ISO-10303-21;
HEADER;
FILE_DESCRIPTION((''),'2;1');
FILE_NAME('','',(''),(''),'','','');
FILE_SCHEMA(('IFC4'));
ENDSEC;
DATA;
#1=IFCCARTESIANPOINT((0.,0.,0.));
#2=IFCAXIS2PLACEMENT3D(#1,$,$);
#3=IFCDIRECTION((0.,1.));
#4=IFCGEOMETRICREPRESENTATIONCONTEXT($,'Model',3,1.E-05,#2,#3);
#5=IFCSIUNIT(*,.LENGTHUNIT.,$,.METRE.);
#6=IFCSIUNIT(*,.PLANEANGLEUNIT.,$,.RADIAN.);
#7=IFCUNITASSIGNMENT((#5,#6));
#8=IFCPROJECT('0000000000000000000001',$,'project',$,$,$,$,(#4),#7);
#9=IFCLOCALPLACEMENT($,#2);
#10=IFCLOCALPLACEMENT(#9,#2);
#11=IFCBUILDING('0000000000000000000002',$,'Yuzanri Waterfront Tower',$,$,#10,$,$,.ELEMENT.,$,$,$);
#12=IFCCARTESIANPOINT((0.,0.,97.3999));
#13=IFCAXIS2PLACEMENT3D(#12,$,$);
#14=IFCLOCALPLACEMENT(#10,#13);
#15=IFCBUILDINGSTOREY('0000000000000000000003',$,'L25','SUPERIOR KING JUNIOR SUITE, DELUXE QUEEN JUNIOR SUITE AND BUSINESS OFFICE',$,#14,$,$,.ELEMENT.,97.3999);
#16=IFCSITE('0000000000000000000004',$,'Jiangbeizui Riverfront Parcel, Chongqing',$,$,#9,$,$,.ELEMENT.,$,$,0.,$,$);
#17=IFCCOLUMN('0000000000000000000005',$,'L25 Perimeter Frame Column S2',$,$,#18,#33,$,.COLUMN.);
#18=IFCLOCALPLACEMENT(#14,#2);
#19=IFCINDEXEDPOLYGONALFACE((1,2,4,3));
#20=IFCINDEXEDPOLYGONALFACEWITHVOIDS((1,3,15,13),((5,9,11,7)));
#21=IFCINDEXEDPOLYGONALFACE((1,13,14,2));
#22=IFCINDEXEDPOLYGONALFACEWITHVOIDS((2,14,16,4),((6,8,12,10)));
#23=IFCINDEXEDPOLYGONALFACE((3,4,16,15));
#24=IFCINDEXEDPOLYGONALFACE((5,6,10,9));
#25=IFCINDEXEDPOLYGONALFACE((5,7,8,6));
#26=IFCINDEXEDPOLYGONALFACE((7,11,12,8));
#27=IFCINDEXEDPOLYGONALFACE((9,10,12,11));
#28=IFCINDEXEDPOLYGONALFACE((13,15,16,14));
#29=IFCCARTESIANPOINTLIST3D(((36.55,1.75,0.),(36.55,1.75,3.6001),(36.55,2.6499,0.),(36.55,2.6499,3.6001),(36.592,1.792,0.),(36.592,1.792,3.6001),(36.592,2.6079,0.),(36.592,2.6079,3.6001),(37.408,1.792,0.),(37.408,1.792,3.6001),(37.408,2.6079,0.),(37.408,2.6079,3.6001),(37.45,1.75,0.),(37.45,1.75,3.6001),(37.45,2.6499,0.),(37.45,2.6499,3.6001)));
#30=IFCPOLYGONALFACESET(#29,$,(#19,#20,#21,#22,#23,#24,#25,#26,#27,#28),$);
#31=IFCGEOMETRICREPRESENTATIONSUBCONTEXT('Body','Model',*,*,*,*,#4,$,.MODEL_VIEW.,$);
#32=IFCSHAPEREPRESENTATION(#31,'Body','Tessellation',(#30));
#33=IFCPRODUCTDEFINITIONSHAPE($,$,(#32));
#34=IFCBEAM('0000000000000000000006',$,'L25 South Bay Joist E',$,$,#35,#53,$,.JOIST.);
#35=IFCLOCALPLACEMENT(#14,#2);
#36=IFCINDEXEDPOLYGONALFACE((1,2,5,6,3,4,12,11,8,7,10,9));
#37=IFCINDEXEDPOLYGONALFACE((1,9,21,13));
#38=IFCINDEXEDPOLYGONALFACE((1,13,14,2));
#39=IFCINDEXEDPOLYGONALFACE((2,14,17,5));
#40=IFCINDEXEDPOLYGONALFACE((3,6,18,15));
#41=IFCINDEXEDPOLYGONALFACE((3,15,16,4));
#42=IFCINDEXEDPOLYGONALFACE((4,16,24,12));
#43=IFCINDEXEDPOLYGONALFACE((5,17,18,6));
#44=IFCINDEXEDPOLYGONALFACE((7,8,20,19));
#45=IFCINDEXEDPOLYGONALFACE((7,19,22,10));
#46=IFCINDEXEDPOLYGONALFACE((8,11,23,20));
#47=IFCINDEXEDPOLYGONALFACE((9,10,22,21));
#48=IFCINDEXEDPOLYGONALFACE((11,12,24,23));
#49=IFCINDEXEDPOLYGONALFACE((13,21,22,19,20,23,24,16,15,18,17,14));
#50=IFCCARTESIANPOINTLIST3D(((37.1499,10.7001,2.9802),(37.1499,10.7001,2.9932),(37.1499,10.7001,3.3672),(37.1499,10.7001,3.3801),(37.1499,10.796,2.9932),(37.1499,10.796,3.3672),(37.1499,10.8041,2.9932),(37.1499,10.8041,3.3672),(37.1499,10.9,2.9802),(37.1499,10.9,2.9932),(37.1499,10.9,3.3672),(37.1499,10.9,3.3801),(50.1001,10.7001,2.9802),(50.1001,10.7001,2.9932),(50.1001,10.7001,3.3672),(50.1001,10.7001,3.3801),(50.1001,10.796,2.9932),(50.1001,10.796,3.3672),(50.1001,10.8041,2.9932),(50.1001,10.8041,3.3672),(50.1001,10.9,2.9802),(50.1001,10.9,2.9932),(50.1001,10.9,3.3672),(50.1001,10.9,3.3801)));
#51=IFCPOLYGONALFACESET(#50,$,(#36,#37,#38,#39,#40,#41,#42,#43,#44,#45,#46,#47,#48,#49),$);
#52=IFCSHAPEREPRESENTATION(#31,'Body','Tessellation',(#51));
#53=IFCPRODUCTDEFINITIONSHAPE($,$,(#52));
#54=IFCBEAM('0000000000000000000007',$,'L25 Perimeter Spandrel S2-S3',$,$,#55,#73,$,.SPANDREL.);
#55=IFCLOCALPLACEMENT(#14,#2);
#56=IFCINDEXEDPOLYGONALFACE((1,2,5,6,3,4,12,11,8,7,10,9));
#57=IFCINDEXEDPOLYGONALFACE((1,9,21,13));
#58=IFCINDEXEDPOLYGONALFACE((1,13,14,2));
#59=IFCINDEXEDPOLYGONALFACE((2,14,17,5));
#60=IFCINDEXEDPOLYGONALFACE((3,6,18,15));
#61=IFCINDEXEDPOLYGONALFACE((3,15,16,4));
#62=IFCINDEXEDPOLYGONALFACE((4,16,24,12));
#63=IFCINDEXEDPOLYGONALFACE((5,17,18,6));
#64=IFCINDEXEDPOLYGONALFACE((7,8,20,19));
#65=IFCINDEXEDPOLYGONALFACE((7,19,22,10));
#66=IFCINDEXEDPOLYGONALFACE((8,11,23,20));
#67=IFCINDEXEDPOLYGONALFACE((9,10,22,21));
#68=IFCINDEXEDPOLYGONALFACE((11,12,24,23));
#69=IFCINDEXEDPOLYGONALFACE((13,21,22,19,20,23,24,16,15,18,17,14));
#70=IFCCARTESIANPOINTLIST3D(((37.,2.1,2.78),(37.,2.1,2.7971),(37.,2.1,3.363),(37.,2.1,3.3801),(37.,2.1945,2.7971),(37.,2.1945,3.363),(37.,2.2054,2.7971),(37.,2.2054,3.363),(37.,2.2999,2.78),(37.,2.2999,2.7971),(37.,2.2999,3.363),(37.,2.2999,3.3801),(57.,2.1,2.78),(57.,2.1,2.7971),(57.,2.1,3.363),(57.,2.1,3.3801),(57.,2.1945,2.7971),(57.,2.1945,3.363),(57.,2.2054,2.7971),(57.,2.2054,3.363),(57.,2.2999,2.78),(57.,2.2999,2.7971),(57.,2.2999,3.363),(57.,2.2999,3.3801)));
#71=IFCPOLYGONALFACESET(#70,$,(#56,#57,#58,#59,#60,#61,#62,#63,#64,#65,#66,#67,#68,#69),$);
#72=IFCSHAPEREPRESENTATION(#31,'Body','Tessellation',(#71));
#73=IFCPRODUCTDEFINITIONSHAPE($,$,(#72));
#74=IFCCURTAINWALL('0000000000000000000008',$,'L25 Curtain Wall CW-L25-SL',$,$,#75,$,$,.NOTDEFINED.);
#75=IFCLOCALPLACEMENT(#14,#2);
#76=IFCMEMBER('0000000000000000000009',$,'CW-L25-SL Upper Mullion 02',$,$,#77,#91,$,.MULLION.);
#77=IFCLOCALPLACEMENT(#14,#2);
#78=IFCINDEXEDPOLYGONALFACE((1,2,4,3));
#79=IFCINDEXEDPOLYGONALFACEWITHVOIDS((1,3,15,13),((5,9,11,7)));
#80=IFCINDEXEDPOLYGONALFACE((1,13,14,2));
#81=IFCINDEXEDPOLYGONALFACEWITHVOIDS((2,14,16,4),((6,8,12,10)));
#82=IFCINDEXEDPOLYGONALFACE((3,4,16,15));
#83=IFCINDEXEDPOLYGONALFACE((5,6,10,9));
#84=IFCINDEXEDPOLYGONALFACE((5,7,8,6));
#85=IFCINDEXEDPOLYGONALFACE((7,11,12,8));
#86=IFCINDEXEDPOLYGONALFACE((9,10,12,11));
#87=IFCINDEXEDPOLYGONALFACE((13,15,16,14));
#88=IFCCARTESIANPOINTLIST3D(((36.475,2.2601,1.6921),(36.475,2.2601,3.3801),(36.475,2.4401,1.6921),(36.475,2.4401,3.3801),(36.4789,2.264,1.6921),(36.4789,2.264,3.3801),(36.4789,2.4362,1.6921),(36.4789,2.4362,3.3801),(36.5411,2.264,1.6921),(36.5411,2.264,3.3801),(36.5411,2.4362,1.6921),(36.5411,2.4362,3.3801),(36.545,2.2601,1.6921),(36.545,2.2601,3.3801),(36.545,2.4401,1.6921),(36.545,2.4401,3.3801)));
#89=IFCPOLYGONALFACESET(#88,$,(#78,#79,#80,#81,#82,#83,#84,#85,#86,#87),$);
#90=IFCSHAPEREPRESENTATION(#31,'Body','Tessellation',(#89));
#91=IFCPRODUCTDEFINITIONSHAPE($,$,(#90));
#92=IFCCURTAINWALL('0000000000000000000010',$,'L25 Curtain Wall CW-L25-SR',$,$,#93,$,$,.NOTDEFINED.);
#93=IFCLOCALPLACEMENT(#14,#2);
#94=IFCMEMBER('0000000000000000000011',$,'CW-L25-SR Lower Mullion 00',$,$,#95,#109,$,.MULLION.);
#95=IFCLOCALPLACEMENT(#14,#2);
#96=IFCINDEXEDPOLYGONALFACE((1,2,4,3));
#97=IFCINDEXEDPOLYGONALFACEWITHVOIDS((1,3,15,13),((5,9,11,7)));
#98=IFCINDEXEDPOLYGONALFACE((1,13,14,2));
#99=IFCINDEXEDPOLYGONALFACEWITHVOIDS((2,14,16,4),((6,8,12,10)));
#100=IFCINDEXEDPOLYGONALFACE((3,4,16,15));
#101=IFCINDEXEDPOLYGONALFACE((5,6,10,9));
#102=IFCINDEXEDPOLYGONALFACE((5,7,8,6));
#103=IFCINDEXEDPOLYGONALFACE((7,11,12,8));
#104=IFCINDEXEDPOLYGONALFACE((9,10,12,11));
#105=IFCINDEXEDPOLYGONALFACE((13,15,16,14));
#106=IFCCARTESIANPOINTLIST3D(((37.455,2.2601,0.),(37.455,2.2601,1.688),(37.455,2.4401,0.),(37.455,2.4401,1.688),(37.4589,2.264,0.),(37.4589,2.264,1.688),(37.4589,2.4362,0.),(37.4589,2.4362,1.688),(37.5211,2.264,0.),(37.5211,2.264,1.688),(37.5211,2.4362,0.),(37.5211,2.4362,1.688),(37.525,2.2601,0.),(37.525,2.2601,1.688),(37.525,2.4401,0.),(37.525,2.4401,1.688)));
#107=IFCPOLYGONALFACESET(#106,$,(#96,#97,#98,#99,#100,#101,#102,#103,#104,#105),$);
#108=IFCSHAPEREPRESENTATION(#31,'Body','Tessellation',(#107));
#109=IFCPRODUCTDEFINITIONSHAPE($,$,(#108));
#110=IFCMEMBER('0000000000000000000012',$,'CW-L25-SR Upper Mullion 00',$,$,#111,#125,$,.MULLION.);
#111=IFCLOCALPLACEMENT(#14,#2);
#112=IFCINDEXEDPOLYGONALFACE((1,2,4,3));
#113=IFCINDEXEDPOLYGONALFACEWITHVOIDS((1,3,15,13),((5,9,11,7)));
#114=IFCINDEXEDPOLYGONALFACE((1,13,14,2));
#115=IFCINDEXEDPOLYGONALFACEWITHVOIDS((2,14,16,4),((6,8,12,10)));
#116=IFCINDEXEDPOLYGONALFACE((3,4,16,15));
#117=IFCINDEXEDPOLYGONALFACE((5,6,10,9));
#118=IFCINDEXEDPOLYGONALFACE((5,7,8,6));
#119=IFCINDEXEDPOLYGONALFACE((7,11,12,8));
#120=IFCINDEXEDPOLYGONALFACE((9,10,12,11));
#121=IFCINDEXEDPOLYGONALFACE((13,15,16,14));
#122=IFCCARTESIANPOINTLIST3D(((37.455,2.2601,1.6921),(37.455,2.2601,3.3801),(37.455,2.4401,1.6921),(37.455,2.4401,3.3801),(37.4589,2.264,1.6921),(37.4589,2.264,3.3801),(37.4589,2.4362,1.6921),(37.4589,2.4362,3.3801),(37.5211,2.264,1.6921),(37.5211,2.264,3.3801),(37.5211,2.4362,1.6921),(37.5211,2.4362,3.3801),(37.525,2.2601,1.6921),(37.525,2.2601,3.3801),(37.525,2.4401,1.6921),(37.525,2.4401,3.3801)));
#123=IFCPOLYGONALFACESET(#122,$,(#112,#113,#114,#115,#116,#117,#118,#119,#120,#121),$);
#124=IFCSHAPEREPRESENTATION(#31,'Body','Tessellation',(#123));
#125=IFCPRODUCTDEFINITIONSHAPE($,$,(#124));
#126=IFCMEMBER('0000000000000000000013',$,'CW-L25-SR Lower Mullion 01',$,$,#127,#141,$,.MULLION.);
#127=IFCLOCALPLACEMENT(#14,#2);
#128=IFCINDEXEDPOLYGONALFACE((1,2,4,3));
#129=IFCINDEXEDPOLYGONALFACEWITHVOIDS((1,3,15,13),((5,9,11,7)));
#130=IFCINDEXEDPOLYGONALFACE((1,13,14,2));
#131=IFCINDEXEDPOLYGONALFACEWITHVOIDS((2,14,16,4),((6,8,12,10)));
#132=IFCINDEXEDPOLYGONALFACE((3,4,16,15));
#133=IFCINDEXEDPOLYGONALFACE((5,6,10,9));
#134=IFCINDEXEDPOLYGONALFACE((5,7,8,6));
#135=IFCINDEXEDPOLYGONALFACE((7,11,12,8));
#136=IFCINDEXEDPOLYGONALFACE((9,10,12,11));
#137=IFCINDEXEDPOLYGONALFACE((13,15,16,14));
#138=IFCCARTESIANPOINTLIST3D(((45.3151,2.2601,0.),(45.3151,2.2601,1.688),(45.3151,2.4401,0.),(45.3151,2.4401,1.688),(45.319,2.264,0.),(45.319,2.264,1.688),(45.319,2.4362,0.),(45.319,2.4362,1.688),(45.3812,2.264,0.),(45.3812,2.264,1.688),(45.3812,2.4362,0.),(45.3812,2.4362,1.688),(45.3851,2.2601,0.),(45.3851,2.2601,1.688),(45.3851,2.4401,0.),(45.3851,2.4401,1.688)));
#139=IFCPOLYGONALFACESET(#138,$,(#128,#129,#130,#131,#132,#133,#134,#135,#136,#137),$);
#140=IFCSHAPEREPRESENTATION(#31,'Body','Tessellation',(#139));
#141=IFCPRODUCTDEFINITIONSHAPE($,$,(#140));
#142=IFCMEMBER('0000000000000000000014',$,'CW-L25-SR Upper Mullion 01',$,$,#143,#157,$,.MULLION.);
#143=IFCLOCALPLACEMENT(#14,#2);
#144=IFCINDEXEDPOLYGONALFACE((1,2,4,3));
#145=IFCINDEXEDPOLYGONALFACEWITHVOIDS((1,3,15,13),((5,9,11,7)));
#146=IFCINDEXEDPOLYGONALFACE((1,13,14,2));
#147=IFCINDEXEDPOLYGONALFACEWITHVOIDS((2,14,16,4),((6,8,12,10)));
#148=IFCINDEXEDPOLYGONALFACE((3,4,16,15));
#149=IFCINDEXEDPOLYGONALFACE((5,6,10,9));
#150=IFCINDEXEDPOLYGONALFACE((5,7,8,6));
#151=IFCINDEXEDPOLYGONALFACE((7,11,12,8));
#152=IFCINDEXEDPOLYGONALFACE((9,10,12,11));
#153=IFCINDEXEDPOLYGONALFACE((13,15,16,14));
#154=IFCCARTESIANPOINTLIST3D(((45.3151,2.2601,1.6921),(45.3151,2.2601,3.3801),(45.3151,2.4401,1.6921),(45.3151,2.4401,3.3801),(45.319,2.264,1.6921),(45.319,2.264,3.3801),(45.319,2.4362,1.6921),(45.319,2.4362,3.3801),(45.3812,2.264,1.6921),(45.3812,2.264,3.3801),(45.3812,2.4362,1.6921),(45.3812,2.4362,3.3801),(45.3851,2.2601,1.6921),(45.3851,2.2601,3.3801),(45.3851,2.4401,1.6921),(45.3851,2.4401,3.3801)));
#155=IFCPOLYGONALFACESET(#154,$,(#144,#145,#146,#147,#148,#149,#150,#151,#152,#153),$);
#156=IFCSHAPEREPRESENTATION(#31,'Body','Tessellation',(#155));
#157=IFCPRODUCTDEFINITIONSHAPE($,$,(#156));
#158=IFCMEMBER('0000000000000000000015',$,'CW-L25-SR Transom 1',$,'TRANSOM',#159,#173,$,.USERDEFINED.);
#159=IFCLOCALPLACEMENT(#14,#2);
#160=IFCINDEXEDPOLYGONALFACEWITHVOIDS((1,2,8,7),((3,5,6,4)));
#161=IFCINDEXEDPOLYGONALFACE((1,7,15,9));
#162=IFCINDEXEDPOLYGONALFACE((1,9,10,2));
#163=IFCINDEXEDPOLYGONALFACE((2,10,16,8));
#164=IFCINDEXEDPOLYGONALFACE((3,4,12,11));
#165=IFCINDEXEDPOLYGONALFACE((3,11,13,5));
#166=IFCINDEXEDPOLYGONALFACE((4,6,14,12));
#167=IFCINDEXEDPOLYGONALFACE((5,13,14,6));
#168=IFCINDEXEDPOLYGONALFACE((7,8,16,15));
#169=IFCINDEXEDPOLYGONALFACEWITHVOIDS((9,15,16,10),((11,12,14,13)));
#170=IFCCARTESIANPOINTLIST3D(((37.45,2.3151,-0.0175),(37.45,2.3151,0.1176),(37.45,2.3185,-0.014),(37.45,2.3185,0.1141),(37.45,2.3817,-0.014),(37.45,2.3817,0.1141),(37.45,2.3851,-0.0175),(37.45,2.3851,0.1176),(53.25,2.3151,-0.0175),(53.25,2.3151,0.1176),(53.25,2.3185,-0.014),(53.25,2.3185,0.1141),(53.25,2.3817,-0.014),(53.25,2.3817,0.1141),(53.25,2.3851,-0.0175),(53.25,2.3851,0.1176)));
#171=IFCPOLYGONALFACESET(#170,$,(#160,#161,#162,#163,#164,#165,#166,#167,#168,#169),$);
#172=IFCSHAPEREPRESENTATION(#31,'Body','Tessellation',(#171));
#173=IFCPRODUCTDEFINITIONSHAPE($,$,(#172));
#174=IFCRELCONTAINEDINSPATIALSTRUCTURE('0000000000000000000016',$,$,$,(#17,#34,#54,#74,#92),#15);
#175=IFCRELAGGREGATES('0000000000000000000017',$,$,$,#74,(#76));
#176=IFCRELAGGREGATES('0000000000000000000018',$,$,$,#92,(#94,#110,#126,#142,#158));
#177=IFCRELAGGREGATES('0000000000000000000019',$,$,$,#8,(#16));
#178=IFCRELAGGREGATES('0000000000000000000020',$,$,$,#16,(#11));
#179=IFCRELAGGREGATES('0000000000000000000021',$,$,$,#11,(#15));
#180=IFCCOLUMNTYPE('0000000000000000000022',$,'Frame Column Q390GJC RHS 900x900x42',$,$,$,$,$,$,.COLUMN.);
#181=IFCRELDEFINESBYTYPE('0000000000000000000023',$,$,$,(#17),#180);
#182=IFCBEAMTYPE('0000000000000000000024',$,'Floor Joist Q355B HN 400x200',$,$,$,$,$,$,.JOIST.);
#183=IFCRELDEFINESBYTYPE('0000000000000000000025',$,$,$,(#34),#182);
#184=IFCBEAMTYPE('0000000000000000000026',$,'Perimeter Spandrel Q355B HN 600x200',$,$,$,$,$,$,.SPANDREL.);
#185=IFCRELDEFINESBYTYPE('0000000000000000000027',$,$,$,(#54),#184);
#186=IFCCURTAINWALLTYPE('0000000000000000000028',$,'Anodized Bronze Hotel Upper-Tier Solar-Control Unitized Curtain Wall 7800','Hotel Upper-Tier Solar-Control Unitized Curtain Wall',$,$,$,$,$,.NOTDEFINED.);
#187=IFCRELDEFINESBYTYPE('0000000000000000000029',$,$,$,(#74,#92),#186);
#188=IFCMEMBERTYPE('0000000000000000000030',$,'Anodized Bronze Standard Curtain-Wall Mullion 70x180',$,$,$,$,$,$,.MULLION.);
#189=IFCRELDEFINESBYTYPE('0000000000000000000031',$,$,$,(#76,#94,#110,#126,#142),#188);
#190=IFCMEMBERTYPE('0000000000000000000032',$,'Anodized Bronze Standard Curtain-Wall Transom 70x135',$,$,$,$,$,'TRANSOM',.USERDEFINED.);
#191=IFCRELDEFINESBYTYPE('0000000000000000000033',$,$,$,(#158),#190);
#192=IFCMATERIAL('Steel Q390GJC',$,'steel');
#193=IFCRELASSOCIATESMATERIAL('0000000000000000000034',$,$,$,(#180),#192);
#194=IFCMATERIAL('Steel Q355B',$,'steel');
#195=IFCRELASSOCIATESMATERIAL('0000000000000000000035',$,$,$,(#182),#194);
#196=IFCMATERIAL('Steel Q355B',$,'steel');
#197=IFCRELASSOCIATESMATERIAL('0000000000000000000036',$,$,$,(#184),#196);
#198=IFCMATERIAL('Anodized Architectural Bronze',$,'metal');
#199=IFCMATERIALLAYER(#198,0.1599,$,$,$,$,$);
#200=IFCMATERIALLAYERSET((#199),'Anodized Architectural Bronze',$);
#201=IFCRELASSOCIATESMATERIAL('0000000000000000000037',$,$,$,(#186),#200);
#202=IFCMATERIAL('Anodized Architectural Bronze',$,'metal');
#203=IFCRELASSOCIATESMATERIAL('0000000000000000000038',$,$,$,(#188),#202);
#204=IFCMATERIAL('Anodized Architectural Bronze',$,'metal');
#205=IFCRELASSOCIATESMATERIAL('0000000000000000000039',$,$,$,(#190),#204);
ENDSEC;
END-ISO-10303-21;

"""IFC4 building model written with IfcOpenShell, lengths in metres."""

from ifc_helpers import new_model, si_unit, direction, frame, origin, origin_2d, place, context, subcontext, project, spatial, hollow_rectangle, i_section, extrude, source, transform, mapped, material, layer, layer_set, material_profile, profile_set, type_object, element, aggregate, save


model = new_model("IFC4")

# Units and contexts
model_context = context("Model", 3, precision=1e-05, world=origin(), true_north=direction((0.0, 1.0)))
body_context = subcontext(model_context, "Body", "Model", "MODEL_VIEW")
ifc_project = project(units=[si_unit("LENGTHUNIT", "METRE"), si_unit("PLANEANGLEUNIT", "RADIAN")], contexts=[model_context])

# Site, building, storey
site_placement = place(None, origin())
site = spatial("IfcSite", under=ifc_project, at=site_placement, Name="Jiangbeizui Riverfront Parcel, Chongqing", CompositionType="ELEMENT", RefElevation=0.0)
building_placement = place(site_placement, origin())
building = spatial("IfcBuilding", under=site, at=building_placement, Name="Yuzanri Waterfront Tower", CompositionType="ELEMENT")
storey_placement = place(building_placement, frame((0.0, 0.0, 97.3999)))
storey = spatial("IfcBuildingStorey", under=building, at=storey_placement, Name="L25", Description="SUPERIOR KING JUNIOR SUITE, DELUXE QUEEN JUNIOR SUITE AND BUSINESS OFFICE", CompositionType="ELEMENT", Elevation=97.3999)

# Column
ifc_material_1 = material(Name="Steel Q390GJC", Category="steel")
ifc_material_profile_1 = material_profile(ifc_material_1, hollow_rectangle(XDim=0.8999, YDim=0.8999, WallThickness=0.042, at=origin_2d()), Name="RHS 900x900x42")
ifc_profile_set_1 = profile_set([ifc_material_profile_1], Name="Steel Q390GJC")
column_type = type_object("IfcColumnType", Name="Frame Column Q390GJC RHS 900x900x42", PredefinedType="COLUMN", material=ifc_profile_set_1)
shared_shape_1 = source(origin(), body_context, "Body", "SweptSolid", [
    extrude(hollow_rectangle(XDim=0.8999, YDim=0.8999, WallThickness=0.042, at=origin_2d()), origin(), (0.0, 0.0, 1.0), 3.6001),
])
column_placement = place(storey_placement, frame((37.0, 2.2, 0.0), z_axis=(0.0, 0.0, 1.0), x_axis=(1.0, 0.0, 0.0)))
element("IfcColumn", 1, at=column_placement, inside=storey, type_object=column_type, Name="L25 Perimeter Frame Column S2", PredefinedType="COLUMN", context=body_context, shape_type="MappedRepresentation", body=[
    mapped(shared_shape_1, transform((0.0, 0.0, 0.0), scale=1.0)),
])

# Beams
ifc_material_2 = material(Name="Steel Q355B", Category="steel")
ifc_material_profile_2 = material_profile(ifc_material_2, i_section(OverallWidth=0.2, OverallDepth=0.3999, WebThickness=0.0081, FlangeThickness=0.0129, at=origin_2d()), Name="HN 400x200x8x13")
ifc_profile_set_2 = profile_set([ifc_material_profile_2], Name="Steel Q355B")
beam_type_1 = type_object("IfcBeamType", Name="Floor Joist Q355B HN 400x200", PredefinedType="JOIST", material=ifc_profile_set_2)
shared_shape_2 = source(origin(), body_context, "Body", "SweptSolid", [
    extrude(i_section(OverallWidth=0.2, OverallDepth=0.3999, WebThickness=0.0081, FlangeThickness=0.0129, at=origin_2d()), origin(), (0.0, 0.0, 1.0), 12.9502),
])
beam_1_placement = place(storey_placement, frame((37.1499, 10.8, 3.1802), z_axis=(1.0, 0.0, 0.0), x_axis=(0.0, 1.0, 0.0)))
element("IfcBeam", 2, at=beam_1_placement, inside=storey, type_object=beam_type_1, Name="L25 South Bay Joist E", PredefinedType="JOIST", context=body_context, shape_type="MappedRepresentation", body=[
    mapped(shared_shape_2, transform((0.0, 0.0, 0.0), scale=1.0)),
])
ifc_material_3 = material(Name="Steel Q355B", Category="steel")
ifc_material_profile_3 = material_profile(ifc_material_3, i_section(OverallWidth=0.2, OverallDepth=0.6001, WebThickness=0.011, FlangeThickness=0.0171, at=origin_2d()), Name="HN 600x200x11x17")
ifc_profile_set_3 = profile_set([ifc_material_profile_3], Name="Steel Q355B")
beam_type_2 = type_object("IfcBeamType", Name="Perimeter Spandrel Q355B HN 600x200", PredefinedType="SPANDREL", material=ifc_profile_set_3)
shared_shape_3 = source(origin(), body_context, "Body", "SweptSolid", [
    extrude(i_section(OverallWidth=0.2, OverallDepth=0.6001, WebThickness=0.011, FlangeThickness=0.0171, at=origin_2d()), origin(), (0.0, 0.0, 1.0), 20.0),
])
beam_2_placement = place(storey_placement, frame((37.0, 2.2, 3.0801), z_axis=(1.0, 0.0, 0.0), x_axis=(0.0, 1.0, 0.0)))
element("IfcBeam", 3, at=beam_2_placement, inside=storey, type_object=beam_type_2, Name="L25 Perimeter Spandrel S2-S3", PredefinedType="SPANDREL", context=body_context, shape_type="MappedRepresentation", body=[
    mapped(shared_shape_3, transform((0.0, 0.0, 0.0), scale=1.0)),
])

# Curtain wall, member
ifc_material_4 = material(Name="Anodized Architectural Bronze", Category="metal")
ifc_layer_1 = layer(ifc_material_4, 0.1599)
ifc_layer_set_1 = layer_set([ifc_layer_1], Name="Anodized Architectural Bronze")
curtain_wall_type = type_object("IfcCurtainWallType", Name="Anodized Bronze Hotel Upper-Tier Solar-Control Unitized Curtain Wall 7800", Description="Hotel Upper-Tier Solar-Control Unitized Curtain Wall", PredefinedType="NOTDEFINED", material=ifc_layer_set_1)
curtain_wall_1_placement = place(storey_placement, origin())
curtain_wall_1 = element("IfcCurtainWall", 4, at=curtain_wall_1_placement, inside=storey, type_object=curtain_wall_type, Name="L25 Curtain Wall CW-L25-SL", PredefinedType="NOTDEFINED")
ifc_material_5 = material(Name="Anodized Architectural Bronze", Category="metal")
ifc_material_profile_4 = material_profile(ifc_material_5, hollow_rectangle(XDim=0.0701, YDim=0.1799, WallThickness=0.0039, at=origin_2d()), Name="CWM 70x180")
ifc_profile_set_4 = profile_set([ifc_material_profile_4], Name="Anodized Architectural Bronze")
member_type_1 = type_object("IfcMemberType", Name="Anodized Bronze Standard Curtain-Wall Mullion 70x180", PredefinedType="MULLION", material=ifc_profile_set_4)
shared_shape_4 = source(origin(), body_context, "Body", "SweptSolid", [
    extrude(hollow_rectangle(XDim=0.0701, YDim=0.1799, WallThickness=0.0039, at=origin_2d()), origin(), (0.0, 0.0, 1.0), 1.688),
])
member_1_placement = place(storey_placement, frame((36.51, 2.3501, 1.6921), z_axis=(0.0, 0.0, 1.0), x_axis=(1.0, 0.0, 0.0)))
member_1 = element("IfcMember", 5, at=member_1_placement, type_object=member_type_1, Name="CW-L25-SL Upper Mullion 02", PredefinedType="MULLION", context=body_context, shape_type="MappedRepresentation", body=[
    mapped(shared_shape_4, transform((0.0, 0.0, 0.0), scale=1.0)),
])
aggregate(curtain_wall_1, [member_1])

# Curtain wall, members
curtain_wall_2_placement = place(storey_placement, origin())
curtain_wall_2 = element("IfcCurtainWall", 6, at=curtain_wall_2_placement, inside=storey, type_object=curtain_wall_type, Name="L25 Curtain Wall CW-L25-SR", PredefinedType="NOTDEFINED")
member_2_placement = place(storey_placement, frame((37.49, 2.3501, 0.0), z_axis=(0.0, 0.0, 1.0), x_axis=(1.0, 0.0, 0.0)))
member_2 = element("IfcMember", 7, at=member_2_placement, type_object=member_type_1, Name="CW-L25-SR Lower Mullion 00", PredefinedType="MULLION", context=body_context, shape_type="MappedRepresentation", body=[
    mapped(shared_shape_4, transform((0.0, 0.0, 0.0), scale=1.0)),
])
member_3_placement = place(storey_placement, frame((37.49, 2.3501, 1.6921), z_axis=(0.0, 0.0, 1.0), x_axis=(1.0, 0.0, 0.0)))
member_3 = element("IfcMember", 8, at=member_3_placement, type_object=member_type_1, Name="CW-L25-SR Upper Mullion 00", PredefinedType="MULLION", context=body_context, shape_type="MappedRepresentation", body=[
    mapped(shared_shape_4, transform((0.0, 0.0, 0.0), scale=1.0)),
])
member_4_placement = place(storey_placement, frame((45.3501, 2.3501, 0.0), z_axis=(0.0, 0.0, 1.0), x_axis=(1.0, 0.0, 0.0)))
member_4 = element("IfcMember", 9, at=member_4_placement, type_object=member_type_1, Name="CW-L25-SR Lower Mullion 01", PredefinedType="MULLION", context=body_context, shape_type="MappedRepresentation", body=[
    mapped(shared_shape_4, transform((0.0, 0.0, 0.0), scale=1.0)),
])
member_5_placement = place(storey_placement, frame((45.3501, 2.3501, 1.6921), z_axis=(0.0, 0.0, 1.0), x_axis=(1.0, 0.0, 0.0)))
member_5 = element("IfcMember", 10, at=member_5_placement, type_object=member_type_1, Name="CW-L25-SR Upper Mullion 01", PredefinedType="MULLION", context=body_context, shape_type="MappedRepresentation", body=[
    mapped(shared_shape_4, transform((0.0, 0.0, 0.0), scale=1.0)),
])
ifc_material_6 = material(Name="Anodized Architectural Bronze", Category="metal")
ifc_material_profile_5 = material_profile(ifc_material_6, hollow_rectangle(XDim=0.0701, YDim=0.135, WallThickness=0.0034, at=origin_2d()), Name="CWT 70x135")
ifc_profile_set_5 = profile_set([ifc_material_profile_5], Name="Anodized Architectural Bronze")
member_type_2 = type_object("IfcMemberType", Name="Anodized Bronze Standard Curtain-Wall Transom 70x135", ElementType="TRANSOM", PredefinedType="USERDEFINED", material=ifc_profile_set_5)
shared_shape_5 = source(origin(), body_context, "Body", "SweptSolid", [
    extrude(hollow_rectangle(XDim=0.0701, YDim=0.135, WallThickness=0.0034, at=origin_2d()), origin(), (0.0, 0.0, 1.0), 15.8),
])
member_6_placement = place(storey_placement, frame((37.45, 2.3501, 0.05), z_axis=(1.0, 0.0, 0.0), x_axis=(0.0, 1.0, 0.0)))
member_6 = element("IfcMember", 11, at=member_6_placement, type_object=member_type_2, Name="CW-L25-SR Transom 1", ObjectType="TRANSOM", PredefinedType="USERDEFINED", context=body_context, shape_type="MappedRepresentation", body=[
    mapped(shared_shape_5, transform((0.0, 0.0, 0.0), scale=1.0)),
])
aggregate(curtain_wall_2, [member_2, member_3, member_4, member_5, member_6])

save(model, "model.ifc")
